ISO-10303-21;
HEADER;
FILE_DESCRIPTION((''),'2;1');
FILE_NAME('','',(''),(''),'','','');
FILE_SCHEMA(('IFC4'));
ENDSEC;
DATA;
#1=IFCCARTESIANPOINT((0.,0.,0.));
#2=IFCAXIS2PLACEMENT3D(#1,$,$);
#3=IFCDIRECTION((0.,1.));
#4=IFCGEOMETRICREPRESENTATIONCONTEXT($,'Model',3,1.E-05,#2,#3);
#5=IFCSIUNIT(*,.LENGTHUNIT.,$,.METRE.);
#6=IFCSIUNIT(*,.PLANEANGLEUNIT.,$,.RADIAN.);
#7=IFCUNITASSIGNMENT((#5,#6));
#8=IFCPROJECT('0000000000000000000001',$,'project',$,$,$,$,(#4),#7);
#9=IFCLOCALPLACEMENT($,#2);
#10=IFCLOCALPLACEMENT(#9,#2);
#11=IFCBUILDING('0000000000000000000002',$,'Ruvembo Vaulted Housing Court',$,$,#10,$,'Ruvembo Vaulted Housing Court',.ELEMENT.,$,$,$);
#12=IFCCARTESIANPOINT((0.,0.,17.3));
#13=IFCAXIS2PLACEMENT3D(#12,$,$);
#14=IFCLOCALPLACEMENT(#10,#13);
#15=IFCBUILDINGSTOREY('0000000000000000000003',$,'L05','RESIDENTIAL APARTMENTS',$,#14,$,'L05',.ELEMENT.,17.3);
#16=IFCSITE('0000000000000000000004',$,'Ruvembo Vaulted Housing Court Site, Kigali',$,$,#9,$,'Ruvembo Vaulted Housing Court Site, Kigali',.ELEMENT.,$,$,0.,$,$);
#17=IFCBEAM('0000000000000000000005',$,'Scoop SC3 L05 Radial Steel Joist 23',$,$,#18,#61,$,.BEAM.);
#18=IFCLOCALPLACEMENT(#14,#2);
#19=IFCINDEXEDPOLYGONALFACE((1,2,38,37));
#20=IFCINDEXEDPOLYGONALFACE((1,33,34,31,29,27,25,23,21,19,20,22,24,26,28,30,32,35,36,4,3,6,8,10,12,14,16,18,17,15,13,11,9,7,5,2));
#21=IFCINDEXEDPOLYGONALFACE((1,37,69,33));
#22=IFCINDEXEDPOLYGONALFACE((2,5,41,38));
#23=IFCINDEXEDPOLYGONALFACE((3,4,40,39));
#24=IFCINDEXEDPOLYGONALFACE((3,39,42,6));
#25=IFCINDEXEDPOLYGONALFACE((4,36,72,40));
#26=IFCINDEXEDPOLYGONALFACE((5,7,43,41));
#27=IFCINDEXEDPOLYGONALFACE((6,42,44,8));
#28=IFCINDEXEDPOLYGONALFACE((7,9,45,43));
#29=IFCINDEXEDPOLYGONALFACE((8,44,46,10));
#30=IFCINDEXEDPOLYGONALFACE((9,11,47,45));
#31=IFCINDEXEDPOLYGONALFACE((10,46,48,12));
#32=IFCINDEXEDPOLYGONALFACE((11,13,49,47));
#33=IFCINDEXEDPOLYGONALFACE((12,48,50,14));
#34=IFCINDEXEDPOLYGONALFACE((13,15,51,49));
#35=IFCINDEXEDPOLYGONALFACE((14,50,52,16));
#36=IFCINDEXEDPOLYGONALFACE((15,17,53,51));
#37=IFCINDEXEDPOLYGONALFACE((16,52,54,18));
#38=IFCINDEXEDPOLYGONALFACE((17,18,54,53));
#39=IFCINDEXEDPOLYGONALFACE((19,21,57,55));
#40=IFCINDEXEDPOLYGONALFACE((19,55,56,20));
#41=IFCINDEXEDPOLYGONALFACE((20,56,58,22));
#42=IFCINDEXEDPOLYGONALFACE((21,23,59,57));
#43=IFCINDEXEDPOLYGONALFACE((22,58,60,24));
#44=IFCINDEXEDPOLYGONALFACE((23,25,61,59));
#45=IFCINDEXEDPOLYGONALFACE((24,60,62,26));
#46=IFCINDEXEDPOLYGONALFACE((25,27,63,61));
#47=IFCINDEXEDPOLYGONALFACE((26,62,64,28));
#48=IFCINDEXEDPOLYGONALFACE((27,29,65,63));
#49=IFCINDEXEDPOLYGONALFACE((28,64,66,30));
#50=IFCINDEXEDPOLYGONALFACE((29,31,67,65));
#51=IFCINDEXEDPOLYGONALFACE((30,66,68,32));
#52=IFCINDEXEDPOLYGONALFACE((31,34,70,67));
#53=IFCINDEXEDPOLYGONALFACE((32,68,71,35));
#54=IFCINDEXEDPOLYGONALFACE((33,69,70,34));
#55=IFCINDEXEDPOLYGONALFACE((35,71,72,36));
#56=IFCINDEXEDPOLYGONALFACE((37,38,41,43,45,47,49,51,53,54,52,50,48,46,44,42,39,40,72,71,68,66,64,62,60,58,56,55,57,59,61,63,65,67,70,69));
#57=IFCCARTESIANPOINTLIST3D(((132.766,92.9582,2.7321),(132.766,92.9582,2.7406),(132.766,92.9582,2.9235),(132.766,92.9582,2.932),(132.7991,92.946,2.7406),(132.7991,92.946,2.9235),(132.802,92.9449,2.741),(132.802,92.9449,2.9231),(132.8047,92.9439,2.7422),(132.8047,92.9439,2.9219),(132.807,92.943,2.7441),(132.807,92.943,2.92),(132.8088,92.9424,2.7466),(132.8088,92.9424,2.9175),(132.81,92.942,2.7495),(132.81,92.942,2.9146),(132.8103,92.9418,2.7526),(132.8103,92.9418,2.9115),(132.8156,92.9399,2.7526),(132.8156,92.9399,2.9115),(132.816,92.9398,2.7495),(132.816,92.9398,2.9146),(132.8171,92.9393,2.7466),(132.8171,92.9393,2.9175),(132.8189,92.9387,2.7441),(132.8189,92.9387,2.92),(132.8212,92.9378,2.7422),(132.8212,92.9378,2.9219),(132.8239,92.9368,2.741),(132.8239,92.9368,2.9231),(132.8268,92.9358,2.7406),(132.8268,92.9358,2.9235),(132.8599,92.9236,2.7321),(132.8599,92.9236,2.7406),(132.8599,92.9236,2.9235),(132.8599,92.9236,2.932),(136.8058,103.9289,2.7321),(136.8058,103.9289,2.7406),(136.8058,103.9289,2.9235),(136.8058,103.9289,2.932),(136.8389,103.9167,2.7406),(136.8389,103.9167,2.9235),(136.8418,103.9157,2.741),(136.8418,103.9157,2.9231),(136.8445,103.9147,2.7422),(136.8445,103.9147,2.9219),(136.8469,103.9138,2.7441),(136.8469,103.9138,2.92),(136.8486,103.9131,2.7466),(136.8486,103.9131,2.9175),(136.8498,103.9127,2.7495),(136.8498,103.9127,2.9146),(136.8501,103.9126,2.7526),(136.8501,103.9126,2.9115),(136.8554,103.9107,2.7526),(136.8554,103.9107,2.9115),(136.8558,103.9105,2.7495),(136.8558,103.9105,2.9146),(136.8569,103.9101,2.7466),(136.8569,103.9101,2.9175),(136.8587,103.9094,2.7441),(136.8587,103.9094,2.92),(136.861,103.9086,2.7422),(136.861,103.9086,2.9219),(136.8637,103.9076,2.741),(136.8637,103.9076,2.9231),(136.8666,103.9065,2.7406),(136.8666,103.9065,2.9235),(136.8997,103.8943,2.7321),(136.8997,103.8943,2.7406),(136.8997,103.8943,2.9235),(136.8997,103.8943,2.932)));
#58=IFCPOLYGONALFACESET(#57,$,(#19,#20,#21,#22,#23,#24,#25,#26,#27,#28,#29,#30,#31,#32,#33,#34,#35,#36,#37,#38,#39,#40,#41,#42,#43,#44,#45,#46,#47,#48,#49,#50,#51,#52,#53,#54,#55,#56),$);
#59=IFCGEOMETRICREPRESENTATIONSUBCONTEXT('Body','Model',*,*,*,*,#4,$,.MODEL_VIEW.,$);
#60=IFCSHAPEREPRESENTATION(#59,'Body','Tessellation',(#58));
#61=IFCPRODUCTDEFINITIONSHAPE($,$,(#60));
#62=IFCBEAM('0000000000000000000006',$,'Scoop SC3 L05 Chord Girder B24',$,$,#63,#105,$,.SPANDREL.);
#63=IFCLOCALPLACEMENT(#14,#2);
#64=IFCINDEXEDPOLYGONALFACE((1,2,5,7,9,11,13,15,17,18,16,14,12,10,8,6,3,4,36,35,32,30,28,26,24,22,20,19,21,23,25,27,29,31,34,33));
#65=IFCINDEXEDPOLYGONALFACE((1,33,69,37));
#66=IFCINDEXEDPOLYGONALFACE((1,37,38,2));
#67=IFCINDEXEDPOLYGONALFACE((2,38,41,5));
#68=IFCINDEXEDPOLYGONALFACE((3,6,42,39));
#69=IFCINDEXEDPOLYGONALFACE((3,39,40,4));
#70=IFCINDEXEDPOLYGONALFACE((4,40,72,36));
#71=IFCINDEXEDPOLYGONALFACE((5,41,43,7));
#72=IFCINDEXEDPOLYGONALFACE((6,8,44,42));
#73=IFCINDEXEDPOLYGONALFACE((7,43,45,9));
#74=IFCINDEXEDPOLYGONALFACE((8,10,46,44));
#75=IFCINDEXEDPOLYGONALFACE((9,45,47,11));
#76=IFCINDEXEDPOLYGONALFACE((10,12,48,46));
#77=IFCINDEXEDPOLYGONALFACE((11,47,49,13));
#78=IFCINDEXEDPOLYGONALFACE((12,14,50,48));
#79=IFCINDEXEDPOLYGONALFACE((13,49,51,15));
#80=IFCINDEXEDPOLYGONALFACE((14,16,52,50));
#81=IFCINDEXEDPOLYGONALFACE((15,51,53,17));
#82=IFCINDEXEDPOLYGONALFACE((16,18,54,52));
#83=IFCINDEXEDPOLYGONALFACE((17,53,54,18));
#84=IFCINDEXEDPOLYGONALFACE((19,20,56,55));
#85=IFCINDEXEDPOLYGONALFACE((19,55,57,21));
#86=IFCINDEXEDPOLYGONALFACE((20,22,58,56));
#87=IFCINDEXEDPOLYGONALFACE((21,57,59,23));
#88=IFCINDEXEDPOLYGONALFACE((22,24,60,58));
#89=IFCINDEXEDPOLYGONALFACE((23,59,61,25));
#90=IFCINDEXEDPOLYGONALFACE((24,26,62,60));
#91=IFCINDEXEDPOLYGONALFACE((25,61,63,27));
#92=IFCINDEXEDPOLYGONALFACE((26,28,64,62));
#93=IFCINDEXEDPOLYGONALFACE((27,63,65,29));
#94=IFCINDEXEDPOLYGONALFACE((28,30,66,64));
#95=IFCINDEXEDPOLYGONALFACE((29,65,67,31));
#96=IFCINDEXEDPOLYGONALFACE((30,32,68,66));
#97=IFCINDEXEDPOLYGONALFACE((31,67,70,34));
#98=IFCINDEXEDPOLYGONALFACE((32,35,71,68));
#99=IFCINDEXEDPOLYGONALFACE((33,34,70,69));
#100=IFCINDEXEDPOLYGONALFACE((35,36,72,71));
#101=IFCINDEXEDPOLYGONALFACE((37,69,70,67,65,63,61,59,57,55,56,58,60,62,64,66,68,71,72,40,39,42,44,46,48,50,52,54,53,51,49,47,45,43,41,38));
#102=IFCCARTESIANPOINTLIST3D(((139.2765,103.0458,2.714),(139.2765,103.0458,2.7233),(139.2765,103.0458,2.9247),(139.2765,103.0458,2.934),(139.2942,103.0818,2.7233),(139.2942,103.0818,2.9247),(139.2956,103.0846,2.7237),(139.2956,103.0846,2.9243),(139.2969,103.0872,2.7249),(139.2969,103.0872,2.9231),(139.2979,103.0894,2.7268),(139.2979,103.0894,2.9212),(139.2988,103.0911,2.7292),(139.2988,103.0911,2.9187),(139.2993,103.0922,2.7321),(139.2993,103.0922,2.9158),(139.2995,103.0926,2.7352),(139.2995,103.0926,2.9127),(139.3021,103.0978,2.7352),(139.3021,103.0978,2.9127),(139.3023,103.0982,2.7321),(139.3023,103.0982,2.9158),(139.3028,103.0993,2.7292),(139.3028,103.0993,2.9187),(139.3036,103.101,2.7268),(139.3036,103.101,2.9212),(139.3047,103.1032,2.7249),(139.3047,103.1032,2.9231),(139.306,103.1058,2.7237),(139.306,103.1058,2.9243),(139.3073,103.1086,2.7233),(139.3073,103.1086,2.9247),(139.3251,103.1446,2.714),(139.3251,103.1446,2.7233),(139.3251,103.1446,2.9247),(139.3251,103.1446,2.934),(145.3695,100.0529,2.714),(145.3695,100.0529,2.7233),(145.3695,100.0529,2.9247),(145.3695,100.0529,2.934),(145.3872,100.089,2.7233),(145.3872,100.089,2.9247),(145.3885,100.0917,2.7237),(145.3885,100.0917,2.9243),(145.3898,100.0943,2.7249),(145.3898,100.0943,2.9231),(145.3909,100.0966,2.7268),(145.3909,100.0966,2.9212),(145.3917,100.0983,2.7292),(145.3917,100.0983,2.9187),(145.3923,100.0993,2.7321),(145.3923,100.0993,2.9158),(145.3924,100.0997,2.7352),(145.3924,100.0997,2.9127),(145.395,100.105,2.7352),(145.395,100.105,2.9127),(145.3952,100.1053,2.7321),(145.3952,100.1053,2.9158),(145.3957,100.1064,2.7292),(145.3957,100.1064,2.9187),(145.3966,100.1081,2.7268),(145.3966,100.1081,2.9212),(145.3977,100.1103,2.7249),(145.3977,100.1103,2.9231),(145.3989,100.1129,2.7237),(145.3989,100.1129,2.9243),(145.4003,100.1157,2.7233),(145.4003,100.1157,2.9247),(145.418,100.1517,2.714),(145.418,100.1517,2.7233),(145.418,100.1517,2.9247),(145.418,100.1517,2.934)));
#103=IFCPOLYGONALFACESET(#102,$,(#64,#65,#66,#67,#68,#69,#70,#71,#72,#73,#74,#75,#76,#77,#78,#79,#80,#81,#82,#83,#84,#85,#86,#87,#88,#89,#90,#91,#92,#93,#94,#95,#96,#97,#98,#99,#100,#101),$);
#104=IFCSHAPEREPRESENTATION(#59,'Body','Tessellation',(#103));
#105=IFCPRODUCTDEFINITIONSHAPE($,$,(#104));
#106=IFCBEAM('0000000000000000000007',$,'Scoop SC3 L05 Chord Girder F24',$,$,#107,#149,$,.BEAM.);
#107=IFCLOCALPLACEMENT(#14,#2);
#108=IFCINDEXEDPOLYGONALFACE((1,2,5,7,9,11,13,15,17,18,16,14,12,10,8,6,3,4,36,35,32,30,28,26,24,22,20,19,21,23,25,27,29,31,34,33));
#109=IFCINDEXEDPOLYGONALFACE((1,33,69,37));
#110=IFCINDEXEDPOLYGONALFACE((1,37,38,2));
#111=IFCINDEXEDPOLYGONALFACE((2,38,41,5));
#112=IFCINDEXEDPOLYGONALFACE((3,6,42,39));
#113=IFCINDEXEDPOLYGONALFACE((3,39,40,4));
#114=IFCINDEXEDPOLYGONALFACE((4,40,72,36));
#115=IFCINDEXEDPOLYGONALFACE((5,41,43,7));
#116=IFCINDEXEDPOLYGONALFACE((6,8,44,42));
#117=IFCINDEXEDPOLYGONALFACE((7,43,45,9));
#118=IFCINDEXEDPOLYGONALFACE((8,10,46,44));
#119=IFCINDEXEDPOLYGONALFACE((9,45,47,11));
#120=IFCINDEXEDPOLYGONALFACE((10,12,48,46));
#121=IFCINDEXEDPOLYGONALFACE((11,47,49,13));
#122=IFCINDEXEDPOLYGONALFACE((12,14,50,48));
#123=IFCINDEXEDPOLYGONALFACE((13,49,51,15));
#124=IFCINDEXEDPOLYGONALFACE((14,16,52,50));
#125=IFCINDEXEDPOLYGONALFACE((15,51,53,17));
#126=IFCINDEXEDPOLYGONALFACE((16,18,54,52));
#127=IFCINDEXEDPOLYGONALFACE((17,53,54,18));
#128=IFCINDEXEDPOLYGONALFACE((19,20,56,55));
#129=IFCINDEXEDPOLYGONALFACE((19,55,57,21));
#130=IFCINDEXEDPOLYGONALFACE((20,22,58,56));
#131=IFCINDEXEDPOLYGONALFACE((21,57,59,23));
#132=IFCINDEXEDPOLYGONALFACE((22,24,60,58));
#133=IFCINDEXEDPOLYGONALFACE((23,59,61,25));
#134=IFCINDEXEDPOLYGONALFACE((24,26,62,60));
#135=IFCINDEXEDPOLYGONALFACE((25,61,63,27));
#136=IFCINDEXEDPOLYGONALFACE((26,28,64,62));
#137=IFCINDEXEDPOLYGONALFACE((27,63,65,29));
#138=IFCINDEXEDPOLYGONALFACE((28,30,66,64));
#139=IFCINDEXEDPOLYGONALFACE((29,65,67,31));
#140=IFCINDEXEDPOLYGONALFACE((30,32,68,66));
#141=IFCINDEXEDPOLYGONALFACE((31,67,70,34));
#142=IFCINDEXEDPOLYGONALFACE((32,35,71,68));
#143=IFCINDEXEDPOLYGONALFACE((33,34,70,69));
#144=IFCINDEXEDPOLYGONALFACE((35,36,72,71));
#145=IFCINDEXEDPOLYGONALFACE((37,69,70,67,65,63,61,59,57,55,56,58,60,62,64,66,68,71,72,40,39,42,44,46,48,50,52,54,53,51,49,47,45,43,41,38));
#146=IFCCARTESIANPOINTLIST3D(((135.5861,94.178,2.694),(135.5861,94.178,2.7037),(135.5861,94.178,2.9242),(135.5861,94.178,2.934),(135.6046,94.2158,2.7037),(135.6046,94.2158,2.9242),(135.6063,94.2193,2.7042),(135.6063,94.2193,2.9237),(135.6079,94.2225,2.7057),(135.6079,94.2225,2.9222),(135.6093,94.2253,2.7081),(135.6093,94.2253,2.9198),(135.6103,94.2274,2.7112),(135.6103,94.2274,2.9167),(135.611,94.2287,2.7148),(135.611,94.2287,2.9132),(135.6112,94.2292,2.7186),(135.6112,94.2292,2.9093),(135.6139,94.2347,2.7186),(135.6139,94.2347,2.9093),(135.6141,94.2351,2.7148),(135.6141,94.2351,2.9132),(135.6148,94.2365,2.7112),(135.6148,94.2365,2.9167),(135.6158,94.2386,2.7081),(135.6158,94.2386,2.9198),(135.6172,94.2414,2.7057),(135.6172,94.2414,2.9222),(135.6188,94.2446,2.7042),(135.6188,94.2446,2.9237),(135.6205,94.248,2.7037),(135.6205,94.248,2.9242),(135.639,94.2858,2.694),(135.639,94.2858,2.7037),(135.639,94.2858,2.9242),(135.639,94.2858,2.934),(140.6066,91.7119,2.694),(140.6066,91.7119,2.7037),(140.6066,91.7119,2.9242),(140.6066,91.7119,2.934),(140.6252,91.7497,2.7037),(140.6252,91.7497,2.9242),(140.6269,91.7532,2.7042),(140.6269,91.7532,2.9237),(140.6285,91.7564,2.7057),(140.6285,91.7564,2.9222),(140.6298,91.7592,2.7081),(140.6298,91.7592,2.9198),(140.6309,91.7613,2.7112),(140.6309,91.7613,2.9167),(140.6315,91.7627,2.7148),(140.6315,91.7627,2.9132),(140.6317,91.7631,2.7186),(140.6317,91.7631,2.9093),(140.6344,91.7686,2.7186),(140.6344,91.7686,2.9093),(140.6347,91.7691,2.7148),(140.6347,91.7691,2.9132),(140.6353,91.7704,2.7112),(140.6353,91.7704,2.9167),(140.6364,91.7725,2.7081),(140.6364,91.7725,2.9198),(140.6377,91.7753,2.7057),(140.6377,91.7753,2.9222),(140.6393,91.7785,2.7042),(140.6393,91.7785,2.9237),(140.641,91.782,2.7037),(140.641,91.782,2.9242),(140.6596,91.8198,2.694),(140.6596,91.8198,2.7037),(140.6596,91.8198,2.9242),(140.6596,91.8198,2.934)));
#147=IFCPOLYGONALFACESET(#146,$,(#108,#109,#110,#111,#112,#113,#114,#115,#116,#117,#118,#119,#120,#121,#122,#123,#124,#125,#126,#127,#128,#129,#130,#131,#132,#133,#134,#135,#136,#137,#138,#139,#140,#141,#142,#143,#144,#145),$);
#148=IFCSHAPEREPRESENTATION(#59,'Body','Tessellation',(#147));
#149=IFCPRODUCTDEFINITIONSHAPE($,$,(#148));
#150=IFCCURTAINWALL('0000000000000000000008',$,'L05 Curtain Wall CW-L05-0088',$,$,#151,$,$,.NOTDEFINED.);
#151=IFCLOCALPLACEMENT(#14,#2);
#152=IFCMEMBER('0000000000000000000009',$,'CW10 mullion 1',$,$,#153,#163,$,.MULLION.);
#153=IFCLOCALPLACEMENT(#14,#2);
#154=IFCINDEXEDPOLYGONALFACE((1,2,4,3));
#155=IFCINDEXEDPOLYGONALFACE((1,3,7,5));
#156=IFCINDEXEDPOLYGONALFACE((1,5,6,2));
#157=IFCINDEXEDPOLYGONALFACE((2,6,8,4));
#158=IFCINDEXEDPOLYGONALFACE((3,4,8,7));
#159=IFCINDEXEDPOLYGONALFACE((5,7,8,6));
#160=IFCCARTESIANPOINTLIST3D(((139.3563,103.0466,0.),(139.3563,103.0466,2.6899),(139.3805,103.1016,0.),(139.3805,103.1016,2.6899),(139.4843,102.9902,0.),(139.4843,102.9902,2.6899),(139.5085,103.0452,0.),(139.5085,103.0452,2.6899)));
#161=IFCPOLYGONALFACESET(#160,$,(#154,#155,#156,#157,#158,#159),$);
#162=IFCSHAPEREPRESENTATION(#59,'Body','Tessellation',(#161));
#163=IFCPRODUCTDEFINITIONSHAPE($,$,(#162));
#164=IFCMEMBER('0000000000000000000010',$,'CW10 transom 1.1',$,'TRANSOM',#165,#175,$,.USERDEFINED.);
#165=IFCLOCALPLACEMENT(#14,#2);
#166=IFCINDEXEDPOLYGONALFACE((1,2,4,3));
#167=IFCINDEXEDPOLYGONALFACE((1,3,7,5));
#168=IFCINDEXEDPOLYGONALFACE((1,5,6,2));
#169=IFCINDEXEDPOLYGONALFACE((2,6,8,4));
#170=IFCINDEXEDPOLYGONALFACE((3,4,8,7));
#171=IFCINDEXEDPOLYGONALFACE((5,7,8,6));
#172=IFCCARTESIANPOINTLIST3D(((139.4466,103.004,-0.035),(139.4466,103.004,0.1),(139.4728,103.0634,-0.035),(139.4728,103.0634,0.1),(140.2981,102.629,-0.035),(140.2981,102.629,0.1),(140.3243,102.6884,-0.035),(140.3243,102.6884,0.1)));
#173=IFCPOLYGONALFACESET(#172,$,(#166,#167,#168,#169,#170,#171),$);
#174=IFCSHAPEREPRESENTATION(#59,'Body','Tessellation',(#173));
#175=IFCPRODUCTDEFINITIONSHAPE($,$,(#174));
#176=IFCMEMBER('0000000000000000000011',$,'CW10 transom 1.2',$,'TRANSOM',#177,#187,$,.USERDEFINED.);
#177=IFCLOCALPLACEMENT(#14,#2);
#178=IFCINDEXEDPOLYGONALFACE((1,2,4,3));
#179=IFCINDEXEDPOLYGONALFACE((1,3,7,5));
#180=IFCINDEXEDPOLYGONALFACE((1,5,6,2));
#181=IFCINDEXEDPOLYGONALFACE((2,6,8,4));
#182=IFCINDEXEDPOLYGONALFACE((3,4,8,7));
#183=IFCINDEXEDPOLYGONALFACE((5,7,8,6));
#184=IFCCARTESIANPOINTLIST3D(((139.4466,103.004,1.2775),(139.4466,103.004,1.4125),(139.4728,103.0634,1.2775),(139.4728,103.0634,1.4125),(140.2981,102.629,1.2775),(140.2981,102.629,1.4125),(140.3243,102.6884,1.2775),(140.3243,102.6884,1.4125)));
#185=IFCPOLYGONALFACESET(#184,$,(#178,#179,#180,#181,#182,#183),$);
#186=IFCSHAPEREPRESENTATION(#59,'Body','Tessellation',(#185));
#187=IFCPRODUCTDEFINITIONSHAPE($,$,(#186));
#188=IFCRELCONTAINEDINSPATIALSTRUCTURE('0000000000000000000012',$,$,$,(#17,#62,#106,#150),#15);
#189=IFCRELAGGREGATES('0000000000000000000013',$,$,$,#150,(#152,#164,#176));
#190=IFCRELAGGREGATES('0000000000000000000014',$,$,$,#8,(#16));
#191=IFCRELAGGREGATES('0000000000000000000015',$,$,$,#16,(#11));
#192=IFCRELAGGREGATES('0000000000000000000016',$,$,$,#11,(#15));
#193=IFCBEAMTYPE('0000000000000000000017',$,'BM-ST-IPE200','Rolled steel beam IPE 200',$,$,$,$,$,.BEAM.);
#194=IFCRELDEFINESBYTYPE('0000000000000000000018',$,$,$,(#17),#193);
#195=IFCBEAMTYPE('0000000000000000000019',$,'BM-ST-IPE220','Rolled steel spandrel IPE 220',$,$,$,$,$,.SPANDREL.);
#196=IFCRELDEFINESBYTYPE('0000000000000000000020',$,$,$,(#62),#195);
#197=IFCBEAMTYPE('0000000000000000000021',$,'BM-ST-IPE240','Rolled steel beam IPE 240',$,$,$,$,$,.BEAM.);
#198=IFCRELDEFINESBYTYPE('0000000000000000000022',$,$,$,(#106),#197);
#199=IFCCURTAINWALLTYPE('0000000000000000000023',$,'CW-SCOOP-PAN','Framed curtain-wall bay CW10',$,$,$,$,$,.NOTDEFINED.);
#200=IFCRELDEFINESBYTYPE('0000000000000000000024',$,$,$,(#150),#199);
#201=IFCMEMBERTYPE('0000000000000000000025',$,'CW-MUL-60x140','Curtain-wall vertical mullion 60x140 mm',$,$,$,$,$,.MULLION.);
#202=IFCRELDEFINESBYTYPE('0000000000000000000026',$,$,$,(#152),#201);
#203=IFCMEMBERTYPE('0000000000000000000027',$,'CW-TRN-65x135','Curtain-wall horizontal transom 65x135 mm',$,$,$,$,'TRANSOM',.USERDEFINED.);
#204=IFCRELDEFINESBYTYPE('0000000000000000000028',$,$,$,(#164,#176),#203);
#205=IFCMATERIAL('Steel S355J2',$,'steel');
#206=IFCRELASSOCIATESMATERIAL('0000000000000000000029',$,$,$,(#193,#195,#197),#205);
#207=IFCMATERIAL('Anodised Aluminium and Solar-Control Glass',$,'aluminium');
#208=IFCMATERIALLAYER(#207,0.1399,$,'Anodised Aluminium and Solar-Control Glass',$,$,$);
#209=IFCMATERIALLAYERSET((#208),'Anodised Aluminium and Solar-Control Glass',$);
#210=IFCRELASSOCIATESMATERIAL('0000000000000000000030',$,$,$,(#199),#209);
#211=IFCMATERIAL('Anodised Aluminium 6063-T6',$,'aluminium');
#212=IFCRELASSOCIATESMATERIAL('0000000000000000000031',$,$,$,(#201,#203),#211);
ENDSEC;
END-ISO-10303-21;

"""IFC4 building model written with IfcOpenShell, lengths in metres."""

from ifc_helpers import new_model, si_unit, direction, frame, origin, origin_2d, place, context, subcontext, project, spatial, rectangle, i_section, extrude, material, layer, layer_set, material_profile, profile_set, type_object, element, aggregate, save


model = new_model("IFC4")

# Units and contexts
model_context = context("Model", 3, precision=1e-05, world=origin(), true_north=direction((0.0, 1.0)))
body_context = subcontext(model_context, "Body", "Model", "MODEL_VIEW")
ifc_project = project(units=[si_unit("LENGTHUNIT", "METRE"), si_unit("PLANEANGLEUNIT", "RADIAN")], contexts=[model_context])

# Site, building, storey
site_placement = place(None, origin())
site = spatial("IfcSite", under=ifc_project, at=site_placement, Name="Ruvembo Vaulted Housing Court Site, Kigali", LongName="Ruvembo Vaulted Housing Court Site, Kigali", CompositionType="ELEMENT", RefElevation=0.0)
building_placement = place(site_placement, origin())
building = spatial("IfcBuilding", under=site, at=building_placement, Name="Ruvembo Vaulted Housing Court", LongName="Ruvembo Vaulted Housing Court", CompositionType="ELEMENT")
storey_placement = place(building_placement, frame((0.0, 0.0, 17.3)))
storey = spatial("IfcBuildingStorey", under=building, at=storey_placement, Name="L05", Description="RESIDENTIAL APARTMENTS", LongName="L05", CompositionType="ELEMENT", Elevation=17.3)

# Beams
ifc_material_1 = material(Name="Steel S355J2", Category="steel")
ifc_material_profile_1 = material_profile(ifc_material_1, i_section(OverallWidth=0.1001, OverallDepth=0.2, WebThickness=0.0056, FlangeThickness=0.0085, FilletRadius=0.012, at=origin_2d()), Name="IPE 200")
ifc_profile_set_1 = profile_set([ifc_material_profile_1], Name="Steel S355J2")
beam_type_1 = type_object("IfcBeamType", Name="BM-ST-IPE200", Description="Rolled steel beam IPE 200", PredefinedType="BEAM", material=ifc_profile_set_1)
beam_1_placement = place(storey_placement, frame((136.8528, 103.9116, 2.832), z_axis=(-0.345551, -0.9384, 0.0), x_axis=(0.9384, -0.345551, 0.0)))
element("IfcBeam", 1, at=beam_1_placement, inside=storey, type_object=beam_type_1, Name="Scoop SC3 L05 Radial Steel Joist 23", PredefinedType="BEAM", context=body_context, shape_type="SweptSolid", body=[
    extrude(i_section(OverallWidth=0.1001, OverallDepth=0.2, WebThickness=0.0056, FlangeThickness=0.0085, FilletRadius=0.012, at=origin_2d()), origin(), (0.0, 0.0, 1.0), 11.6909),
])
ifc_material_profile_2 = material_profile(ifc_material_1, i_section(OverallWidth=0.1101, OverallDepth=0.22, WebThickness=0.0059, FlangeThickness=0.0093, FilletRadius=0.012, at=origin_2d()), Name="IPE 220")
ifc_profile_set_2 = profile_set([ifc_material_profile_2], Name="Steel S355J2")
beam_type_2 = type_object("IfcBeamType", Name="BM-ST-IPE220", Description="Rolled steel spandrel IPE 220", PredefinedType="SPANDREL", material=ifc_profile_set_2)
beam_2_placement = place(storey_placement, frame((139.3008, 103.0952, 2.824), z_axis=(0.897563, -0.440887, 0.0), x_axis=(0.440887, 0.897563, 0.0)))
element("IfcBeam", 2, at=beam_2_placement, inside=storey, type_object=beam_type_2, Name="Scoop SC3 L05 Chord Girder B24", PredefinedType="SPANDREL", context=body_context, shape_type="SweptSolid", body=[
    extrude(i_section(OverallWidth=0.1101, OverallDepth=0.22, WebThickness=0.0059, FlangeThickness=0.0093, FilletRadius=0.012, at=origin_2d()), origin(), (0.0, 0.0, 1.0), 6.7883),
])
ifc_material_profile_3 = material_profile(ifc_material_1, i_section(OverallWidth=0.1201, OverallDepth=0.24, WebThickness=0.0061, FlangeThickness=0.0098, FilletRadius=0.0149, at=origin_2d()), Name="IPE 240")
ifc_profile_set_3 = profile_set([ifc_material_profile_3], Name="Steel S355J2")
beam_type_3 = type_object("IfcBeamType", Name="BM-ST-IPE240", Description="Rolled steel beam IPE 240", PredefinedType="BEAM", material=ifc_profile_set_3)
beam_3_placement = place(storey_placement, frame((135.6125, 94.2319, 2.814), z_axis=(0.897565, -0.440882, 0.0), x_axis=(0.440882, 0.897565, 0.0)))
element("IfcBeam", 3, at=beam_3_placement, inside=storey, type_object=beam_type_3, Name="Scoop SC3 L05 Chord Girder F24", PredefinedType="BEAM", context=body_context, shape_type="SweptSolid", body=[
    extrude(i_section(OverallWidth=0.1201, OverallDepth=0.24, WebThickness=0.0061, FlangeThickness=0.0098, FilletRadius=0.0149, at=origin_2d()), origin(), (0.0, 0.0, 1.0), 5.5935),
])

# Curtain wall, members
ifc_material_2 = material(Name="Anodised Aluminium and Solar-Control Glass", Category="aluminium")
ifc_layer_1 = layer(ifc_material_2, 0.1399, Name="Anodised Aluminium and Solar-Control Glass")
ifc_layer_set_1 = layer_set([ifc_layer_1], Name="Anodised Aluminium and Solar-Control Glass")
curtain_wall_type = type_object("IfcCurtainWallType", Name="CW-SCOOP-PAN", Description="Framed curtain-wall bay CW10", PredefinedType="NOTDEFINED", material=ifc_layer_set_1)
curtain_wall_placement = place(storey_placement, origin())
curtain_wall = element("IfcCurtainWall", 4, at=curtain_wall_placement, inside=storey, type_object=curtain_wall_type, Name="L05 Curtain Wall CW-L05-0088", PredefinedType="NOTDEFINED")
ifc_material_3 = material(Name="Anodised Aluminium 6063-T6", Category="aluminium")
ifc_material_profile_4 = material_profile(ifc_material_3, rectangle(XDim=0.0601, YDim=0.1399, at=origin_2d()), Name="ALU 60x140")
ifc_profile_set_4 = profile_set([ifc_material_profile_4], Name="Anodised Aluminium 6063-T6")
member_type_1 = type_object("IfcMemberType", Name="CW-MUL-60x140", Description="Curtain-wall vertical mullion 60x140 mm", PredefinedType="MULLION", material=ifc_profile_set_4)
member_1_placement = place(storey_placement, frame((139.4324, 103.0459, 0.0), z_axis=(0.0, 0.0, 1.0), x_axis=(0.403272, 0.91508, 0.0)))
member_1 = element("IfcMember", 5, at=member_1_placement, type_object=member_type_1, Name="CW10 mullion 1", PredefinedType="MULLION", context=body_context, shape_type="SweptSolid", body=[
    extrude(rectangle(XDim=0.0601, YDim=0.1399, at=origin_2d()), origin(), (0.0, 0.0, 1.0), 2.6899),
])
ifc_material_profile_5 = material_profile(ifc_material_3, rectangle(XDim=0.0649, YDim=0.135, at=origin_2d()), Name="ALU 65x135")
ifc_profile_set_5 = profile_set([ifc_material_profile_5], Name="Anodised Aluminium 6063-T6")
member_type_2 = type_object("IfcMemberType", Name="CW-TRN-65x135", Description="Curtain-wall horizontal transom 65x135 mm", ElementType="TRANSOM", PredefinedType="USERDEFINED", material=ifc_profile_set_5)
member_2_placement = place(storey_placement, frame((139.4597, 103.0337, 0.0325), z_axis=(0.915191, -0.40302, 0.0), x_axis=(0.40302, 0.915191, 0.0)))
member_2 = element("IfcMember", 6, at=member_2_placement, type_object=member_type_2, Name="CW10 transom 1.1", ObjectType="TRANSOM", PredefinedType="USERDEFINED", context=body_context, shape_type="SweptSolid", body=[
    extrude(rectangle(XDim=0.0649, YDim=0.135, at=origin_2d()), origin(), (0.0, 0.0, 1.0), 0.9304),
])
member_3_placement = place(storey_placement, frame((139.4597, 103.0337, 1.345), z_axis=(0.915191, -0.40302, 0.0), x_axis=(0.40302, 0.915191, 0.0)))
member_3 = element("IfcMember", 7, at=member_3_placement, type_object=member_type_2, Name="CW10 transom 1.2", ObjectType="TRANSOM", PredefinedType="USERDEFINED", context=body_context, shape_type="SweptSolid", body=[
    extrude(rectangle(XDim=0.0649, YDim=0.135, at=origin_2d()), origin(), (0.0, 0.0, 1.0), 0.9304),
])
aggregate(curtain_wall, [member_1, member_2, member_3])

save(model, "model.ifc")
